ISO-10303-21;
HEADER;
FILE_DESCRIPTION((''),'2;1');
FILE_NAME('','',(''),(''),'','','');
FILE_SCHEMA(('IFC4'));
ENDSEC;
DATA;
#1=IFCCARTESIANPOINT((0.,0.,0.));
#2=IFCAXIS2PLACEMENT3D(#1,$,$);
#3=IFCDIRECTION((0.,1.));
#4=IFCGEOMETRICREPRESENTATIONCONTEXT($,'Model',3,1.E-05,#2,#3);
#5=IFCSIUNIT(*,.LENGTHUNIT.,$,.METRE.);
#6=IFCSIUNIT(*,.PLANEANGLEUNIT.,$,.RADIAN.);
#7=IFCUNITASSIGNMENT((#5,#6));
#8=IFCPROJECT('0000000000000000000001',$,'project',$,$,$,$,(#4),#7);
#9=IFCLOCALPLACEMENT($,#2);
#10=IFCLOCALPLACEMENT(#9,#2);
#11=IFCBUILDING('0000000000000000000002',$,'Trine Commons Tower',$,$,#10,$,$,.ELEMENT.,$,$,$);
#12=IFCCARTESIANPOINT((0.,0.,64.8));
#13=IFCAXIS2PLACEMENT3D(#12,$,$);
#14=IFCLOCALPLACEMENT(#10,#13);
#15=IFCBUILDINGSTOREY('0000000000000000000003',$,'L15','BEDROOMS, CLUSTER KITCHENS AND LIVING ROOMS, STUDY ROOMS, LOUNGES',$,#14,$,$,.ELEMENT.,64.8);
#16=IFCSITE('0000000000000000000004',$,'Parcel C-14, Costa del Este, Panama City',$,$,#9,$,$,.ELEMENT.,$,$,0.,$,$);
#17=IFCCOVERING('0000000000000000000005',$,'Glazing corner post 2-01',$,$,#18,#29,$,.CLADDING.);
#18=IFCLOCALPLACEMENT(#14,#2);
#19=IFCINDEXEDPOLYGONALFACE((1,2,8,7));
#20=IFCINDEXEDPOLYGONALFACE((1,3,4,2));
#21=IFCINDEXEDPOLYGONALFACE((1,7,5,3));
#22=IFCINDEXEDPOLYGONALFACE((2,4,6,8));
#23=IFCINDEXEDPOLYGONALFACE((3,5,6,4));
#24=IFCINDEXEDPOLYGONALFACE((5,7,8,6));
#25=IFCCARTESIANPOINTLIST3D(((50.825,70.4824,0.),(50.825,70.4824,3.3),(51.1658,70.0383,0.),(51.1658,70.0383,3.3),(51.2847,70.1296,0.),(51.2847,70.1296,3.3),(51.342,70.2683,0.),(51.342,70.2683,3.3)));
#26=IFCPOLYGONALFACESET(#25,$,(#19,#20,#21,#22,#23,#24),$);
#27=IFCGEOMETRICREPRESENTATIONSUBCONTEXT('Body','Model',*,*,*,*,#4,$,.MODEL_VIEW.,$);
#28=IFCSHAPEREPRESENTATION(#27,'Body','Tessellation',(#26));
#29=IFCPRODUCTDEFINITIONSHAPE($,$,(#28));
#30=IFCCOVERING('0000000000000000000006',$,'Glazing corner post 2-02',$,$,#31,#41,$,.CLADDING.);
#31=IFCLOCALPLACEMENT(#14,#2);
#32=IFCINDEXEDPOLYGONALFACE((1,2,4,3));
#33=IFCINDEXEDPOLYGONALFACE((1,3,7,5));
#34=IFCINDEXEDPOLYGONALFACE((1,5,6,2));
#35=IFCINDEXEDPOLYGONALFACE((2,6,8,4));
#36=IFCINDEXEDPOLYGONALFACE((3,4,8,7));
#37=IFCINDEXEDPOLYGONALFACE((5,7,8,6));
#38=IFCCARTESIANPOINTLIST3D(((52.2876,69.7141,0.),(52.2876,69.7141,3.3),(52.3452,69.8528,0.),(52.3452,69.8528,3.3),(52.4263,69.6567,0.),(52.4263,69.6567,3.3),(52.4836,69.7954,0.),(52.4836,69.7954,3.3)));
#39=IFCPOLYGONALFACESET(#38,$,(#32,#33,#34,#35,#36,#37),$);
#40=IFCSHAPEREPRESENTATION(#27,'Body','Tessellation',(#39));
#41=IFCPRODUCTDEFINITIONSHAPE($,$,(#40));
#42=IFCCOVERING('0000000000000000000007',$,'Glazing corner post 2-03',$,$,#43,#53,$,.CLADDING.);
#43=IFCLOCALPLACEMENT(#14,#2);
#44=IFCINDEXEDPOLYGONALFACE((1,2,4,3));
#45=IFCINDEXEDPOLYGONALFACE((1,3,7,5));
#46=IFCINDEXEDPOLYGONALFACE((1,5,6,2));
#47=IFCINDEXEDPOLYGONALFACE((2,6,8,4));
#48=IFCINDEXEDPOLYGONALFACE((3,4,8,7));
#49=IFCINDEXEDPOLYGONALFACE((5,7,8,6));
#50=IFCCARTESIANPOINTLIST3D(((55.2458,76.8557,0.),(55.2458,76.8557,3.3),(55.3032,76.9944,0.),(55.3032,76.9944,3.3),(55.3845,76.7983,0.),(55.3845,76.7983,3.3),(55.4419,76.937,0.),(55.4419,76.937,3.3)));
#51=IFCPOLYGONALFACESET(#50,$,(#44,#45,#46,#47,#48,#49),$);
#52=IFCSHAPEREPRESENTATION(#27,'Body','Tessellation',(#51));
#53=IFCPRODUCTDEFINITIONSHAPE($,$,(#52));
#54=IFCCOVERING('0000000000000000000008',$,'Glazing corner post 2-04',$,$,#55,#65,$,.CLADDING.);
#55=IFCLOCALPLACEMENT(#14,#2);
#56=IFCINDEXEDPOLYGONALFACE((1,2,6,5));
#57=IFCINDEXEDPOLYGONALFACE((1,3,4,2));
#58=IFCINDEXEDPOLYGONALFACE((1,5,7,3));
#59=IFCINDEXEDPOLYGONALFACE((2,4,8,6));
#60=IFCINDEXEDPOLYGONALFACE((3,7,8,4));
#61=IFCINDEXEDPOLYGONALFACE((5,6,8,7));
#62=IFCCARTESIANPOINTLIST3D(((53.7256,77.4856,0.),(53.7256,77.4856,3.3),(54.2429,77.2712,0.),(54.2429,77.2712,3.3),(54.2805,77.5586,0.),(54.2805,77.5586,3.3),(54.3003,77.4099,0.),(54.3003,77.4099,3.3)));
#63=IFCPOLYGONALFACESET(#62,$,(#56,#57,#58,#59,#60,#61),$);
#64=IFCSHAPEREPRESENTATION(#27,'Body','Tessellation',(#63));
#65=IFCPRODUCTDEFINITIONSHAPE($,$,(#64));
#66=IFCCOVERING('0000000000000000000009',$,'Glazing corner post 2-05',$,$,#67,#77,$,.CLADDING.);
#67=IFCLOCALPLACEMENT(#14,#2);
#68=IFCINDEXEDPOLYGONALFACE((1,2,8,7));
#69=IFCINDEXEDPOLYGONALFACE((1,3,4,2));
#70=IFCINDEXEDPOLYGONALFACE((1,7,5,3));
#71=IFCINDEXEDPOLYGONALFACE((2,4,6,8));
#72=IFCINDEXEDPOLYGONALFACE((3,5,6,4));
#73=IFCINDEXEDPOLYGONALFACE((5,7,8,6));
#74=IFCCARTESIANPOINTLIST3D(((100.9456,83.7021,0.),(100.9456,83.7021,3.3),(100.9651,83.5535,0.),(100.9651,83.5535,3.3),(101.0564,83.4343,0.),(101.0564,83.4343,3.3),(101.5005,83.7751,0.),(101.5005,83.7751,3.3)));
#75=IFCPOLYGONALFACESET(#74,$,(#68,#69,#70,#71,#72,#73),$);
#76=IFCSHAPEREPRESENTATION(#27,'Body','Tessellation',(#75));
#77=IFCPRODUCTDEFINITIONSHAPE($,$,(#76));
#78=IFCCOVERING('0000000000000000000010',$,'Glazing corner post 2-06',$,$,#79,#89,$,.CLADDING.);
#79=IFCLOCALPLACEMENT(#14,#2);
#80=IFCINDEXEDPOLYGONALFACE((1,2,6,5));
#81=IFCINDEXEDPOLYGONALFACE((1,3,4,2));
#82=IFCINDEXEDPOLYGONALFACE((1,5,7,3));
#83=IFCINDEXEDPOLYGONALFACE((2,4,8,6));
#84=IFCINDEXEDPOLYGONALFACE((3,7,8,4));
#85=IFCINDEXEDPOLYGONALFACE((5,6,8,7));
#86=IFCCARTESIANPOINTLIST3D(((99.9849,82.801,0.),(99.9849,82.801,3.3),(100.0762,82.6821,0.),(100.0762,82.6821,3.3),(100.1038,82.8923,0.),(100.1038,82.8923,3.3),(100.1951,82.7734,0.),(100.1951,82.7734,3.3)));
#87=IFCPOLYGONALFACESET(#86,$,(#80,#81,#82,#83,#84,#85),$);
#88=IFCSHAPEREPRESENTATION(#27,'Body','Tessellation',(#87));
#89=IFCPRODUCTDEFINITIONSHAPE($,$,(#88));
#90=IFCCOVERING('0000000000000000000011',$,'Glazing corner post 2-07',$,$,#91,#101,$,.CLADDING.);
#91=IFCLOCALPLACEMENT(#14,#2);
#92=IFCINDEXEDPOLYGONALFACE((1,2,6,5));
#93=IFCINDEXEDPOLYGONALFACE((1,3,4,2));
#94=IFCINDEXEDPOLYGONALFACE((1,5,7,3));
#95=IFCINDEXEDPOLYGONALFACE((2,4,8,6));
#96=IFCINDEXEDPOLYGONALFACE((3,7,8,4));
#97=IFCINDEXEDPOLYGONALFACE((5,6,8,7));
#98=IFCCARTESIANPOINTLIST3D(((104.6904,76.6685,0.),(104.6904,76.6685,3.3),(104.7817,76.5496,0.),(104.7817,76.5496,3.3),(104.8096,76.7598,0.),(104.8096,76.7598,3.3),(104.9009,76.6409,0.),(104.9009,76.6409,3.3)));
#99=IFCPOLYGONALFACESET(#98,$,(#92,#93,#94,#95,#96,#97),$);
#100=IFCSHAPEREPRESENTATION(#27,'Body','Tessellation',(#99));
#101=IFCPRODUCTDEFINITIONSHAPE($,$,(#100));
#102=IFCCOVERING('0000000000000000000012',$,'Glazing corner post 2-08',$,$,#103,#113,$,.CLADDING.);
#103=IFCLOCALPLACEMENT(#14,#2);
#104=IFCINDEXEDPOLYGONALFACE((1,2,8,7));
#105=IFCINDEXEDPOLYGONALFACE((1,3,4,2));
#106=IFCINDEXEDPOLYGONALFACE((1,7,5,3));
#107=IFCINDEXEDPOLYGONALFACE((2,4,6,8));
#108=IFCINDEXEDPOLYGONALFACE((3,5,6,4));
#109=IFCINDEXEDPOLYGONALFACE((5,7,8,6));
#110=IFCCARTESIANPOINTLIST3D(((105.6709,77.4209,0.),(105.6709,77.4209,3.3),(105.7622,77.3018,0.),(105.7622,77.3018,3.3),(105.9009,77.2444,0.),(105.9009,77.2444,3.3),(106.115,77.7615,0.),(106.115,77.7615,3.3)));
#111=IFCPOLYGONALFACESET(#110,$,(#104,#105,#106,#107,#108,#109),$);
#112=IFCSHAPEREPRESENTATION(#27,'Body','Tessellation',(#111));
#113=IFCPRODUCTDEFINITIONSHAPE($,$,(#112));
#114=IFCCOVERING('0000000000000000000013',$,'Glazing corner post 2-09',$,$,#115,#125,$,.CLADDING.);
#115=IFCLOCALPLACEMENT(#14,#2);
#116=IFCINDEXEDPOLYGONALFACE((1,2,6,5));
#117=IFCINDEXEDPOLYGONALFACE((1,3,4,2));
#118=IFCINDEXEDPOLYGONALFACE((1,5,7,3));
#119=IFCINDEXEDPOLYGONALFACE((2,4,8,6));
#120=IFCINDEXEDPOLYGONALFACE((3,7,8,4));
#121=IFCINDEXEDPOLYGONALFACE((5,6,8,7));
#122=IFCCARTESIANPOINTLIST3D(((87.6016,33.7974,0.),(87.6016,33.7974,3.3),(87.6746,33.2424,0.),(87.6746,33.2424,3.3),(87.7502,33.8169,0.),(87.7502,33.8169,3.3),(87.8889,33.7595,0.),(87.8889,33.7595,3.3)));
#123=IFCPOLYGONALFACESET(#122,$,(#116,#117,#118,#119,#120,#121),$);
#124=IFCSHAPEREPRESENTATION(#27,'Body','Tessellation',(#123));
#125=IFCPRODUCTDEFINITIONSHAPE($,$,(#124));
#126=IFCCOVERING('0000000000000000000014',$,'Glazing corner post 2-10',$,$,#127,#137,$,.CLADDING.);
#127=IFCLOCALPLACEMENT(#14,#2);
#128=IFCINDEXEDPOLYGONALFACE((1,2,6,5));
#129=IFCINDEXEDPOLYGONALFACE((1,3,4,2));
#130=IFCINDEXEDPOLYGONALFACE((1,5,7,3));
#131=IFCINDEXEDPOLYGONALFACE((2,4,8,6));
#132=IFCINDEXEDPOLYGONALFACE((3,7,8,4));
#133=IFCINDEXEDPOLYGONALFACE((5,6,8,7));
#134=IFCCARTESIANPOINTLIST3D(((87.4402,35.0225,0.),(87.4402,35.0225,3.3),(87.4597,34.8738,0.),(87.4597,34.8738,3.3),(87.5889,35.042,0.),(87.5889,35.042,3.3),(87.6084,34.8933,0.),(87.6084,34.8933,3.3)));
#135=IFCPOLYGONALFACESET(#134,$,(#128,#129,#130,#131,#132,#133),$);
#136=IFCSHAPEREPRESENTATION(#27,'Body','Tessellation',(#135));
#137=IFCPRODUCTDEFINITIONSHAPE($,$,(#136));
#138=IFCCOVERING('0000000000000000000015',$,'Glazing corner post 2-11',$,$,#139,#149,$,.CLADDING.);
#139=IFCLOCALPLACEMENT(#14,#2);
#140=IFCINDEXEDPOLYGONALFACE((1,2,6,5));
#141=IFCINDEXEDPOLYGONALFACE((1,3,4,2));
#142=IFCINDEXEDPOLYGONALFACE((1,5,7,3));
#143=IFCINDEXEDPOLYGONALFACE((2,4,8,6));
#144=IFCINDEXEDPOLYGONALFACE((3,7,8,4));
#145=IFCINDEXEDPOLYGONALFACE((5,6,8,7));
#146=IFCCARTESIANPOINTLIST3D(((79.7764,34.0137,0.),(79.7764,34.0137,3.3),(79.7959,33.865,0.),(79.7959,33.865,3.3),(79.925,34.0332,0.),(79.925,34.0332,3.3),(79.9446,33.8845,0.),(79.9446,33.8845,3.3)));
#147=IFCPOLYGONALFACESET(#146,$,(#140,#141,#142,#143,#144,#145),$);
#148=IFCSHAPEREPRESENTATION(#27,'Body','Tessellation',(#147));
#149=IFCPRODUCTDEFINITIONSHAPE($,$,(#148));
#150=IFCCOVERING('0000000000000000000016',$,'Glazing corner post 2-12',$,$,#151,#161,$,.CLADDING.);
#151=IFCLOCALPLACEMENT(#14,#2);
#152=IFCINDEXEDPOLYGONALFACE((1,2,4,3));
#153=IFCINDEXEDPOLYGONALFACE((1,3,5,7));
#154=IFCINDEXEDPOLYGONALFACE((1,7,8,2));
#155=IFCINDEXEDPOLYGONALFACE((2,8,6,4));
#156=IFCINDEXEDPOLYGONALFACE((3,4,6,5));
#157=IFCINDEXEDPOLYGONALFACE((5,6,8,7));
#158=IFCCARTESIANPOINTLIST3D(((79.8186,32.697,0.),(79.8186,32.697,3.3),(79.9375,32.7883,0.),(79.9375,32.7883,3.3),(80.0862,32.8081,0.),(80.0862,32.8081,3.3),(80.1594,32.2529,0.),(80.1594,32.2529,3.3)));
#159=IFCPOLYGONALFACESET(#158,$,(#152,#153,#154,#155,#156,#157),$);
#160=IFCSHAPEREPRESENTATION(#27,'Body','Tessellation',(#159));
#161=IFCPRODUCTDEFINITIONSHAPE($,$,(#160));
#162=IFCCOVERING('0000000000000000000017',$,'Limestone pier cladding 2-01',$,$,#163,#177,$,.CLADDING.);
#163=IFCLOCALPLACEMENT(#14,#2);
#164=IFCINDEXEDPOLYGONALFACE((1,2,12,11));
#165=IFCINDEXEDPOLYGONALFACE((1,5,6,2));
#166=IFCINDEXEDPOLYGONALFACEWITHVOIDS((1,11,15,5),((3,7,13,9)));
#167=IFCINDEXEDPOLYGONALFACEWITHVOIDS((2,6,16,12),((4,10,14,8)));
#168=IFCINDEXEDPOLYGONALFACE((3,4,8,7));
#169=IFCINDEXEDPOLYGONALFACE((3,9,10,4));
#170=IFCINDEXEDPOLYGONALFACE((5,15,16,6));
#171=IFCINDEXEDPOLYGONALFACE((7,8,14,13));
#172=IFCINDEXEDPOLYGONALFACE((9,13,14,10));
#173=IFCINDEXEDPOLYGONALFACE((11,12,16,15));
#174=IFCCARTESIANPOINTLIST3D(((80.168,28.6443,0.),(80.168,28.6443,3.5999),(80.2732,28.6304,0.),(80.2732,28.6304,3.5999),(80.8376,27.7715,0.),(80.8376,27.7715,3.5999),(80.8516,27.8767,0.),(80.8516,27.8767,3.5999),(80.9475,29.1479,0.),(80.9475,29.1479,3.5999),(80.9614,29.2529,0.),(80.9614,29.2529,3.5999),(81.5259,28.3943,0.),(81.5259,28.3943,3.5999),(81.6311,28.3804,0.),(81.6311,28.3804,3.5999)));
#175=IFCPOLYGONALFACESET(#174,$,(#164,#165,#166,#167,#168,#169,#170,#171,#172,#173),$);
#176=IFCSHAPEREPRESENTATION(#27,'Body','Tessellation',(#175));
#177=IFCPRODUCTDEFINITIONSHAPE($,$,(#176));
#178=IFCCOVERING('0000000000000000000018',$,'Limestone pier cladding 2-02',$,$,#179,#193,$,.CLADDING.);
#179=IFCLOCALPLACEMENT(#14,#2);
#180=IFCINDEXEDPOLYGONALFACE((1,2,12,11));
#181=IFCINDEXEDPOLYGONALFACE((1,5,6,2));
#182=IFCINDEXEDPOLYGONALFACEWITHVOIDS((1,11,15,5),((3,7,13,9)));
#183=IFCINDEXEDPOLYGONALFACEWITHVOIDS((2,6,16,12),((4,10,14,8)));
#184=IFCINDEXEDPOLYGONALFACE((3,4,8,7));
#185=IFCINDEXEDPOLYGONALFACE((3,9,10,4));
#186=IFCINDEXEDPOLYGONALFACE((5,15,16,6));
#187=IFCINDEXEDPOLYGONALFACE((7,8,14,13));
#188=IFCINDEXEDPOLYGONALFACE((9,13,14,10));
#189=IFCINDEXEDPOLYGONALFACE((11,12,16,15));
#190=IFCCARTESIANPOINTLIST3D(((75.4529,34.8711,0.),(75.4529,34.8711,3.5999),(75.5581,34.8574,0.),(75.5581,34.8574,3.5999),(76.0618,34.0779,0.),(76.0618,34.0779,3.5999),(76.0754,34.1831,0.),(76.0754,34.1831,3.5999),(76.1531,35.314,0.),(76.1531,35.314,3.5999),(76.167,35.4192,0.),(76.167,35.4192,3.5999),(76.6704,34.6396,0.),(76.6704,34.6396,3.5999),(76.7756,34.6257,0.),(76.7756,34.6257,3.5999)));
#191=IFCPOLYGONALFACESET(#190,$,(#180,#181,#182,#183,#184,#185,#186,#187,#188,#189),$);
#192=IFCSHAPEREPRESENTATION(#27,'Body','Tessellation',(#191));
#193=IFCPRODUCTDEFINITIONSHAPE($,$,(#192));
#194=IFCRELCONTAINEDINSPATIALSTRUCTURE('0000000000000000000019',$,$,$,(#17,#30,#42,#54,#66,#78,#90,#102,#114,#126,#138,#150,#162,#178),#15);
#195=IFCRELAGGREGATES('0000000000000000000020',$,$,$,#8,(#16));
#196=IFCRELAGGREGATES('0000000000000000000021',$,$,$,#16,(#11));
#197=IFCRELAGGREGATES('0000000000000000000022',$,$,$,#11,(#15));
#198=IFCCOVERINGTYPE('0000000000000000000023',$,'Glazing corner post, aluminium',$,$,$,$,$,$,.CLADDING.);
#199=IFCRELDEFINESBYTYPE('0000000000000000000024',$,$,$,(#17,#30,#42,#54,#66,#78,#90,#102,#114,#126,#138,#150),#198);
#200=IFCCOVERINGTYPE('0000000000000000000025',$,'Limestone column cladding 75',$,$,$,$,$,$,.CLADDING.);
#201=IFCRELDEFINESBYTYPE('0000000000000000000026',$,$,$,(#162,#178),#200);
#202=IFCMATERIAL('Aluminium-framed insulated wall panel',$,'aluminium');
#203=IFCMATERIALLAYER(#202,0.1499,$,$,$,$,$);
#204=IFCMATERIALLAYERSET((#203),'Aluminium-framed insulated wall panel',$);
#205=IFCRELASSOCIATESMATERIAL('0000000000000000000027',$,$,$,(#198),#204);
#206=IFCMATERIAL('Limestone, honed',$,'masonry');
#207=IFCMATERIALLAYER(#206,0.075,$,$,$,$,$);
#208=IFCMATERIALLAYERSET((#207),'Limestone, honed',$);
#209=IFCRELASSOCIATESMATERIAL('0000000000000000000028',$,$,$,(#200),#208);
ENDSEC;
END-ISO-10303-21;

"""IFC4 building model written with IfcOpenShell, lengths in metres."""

from ifc_helpers import new_model, si_unit, direction, frame, origin, place, context, subcontext, project, spatial, polyline, outline, extrude, material, layer, layer_set, type_object, element, save


model = new_model("IFC4")

# Units and contexts
model_context = context("Model", 3, precision=1e-05, world=origin(), true_north=direction((0.0, 1.0)))
body_context = subcontext(model_context, "Body", "Model", "MODEL_VIEW")
ifc_project = project(units=[si_unit("LENGTHUNIT", "METRE"), si_unit("PLANEANGLEUNIT", "RADIAN")], contexts=[model_context])

# Site, building, storey
site_placement = place(None, origin())
site = spatial("IfcSite", under=ifc_project, at=site_placement, Name="Parcel C-14, Costa del Este, Panama City", CompositionType="ELEMENT", RefElevation=0.0)
building_placement = place(site_placement, origin())
building = spatial("IfcBuilding", under=site, at=building_placement, Name="Trine Commons Tower", CompositionType="ELEMENT")
storey_placement = place(building_placement, frame((0.0, 0.0, 64.8)))
storey = spatial("IfcBuildingStorey", under=building, at=storey_placement, Name="L15", Description="BEDROOMS, CLUSTER KITCHENS AND LIVING ROOMS, STUDY ROOMS, LOUNGES", CompositionType="ELEMENT", Elevation=64.8)

# Coverings
ifc_material_1 = material(Name="Aluminium-framed insulated wall panel", Category="aluminium")
ifc_layer_1 = layer(ifc_material_1, 0.1499)
ifc_layer_set_1 = layer_set([ifc_layer_1], Name="Aluminium-framed insulated wall panel")
covering_type_1 = type_object("IfcCoveringType", Name="Glazing corner post, aluminium", PredefinedType="CLADDING", material=ifc_layer_set_1)
covering_1_placement = place(storey_placement, origin())
element("IfcCovering", 1, at=covering_1_placement, inside=storey, type_object=covering_type_1, Name="Glazing corner post 2-01", PredefinedType="CLADDING", context=body_context, shape_type="SweptSolid", body=[
    extrude(outline(polyline([(51.1658, 70.0383), (51.2847, 70.1296), (51.342, 70.2683), (50.825, 70.4824), (51.1658, 70.0383)])), origin(), (0.0, 0.0, 1.0), 3.3),
])
covering_2_placement = place(storey_placement, origin())
element("IfcCovering", 2, at=covering_2_placement, inside=storey, type_object=covering_type_1, Name="Glazing corner post 2-02", PredefinedType="CLADDING", context=body_context, shape_type="SweptSolid", body=[
    extrude(outline(polyline([(52.2876, 69.7141), (52.4263, 69.6567), (52.4836, 69.7954), (52.3452, 69.8528), (52.2876, 69.7141)])), origin(), (0.0, 0.0, 1.0), 3.3),
])
covering_3_placement = place(storey_placement, origin())
element("IfcCovering", 3, at=covering_3_placement, inside=storey, type_object=covering_type_1, Name="Glazing corner post 2-03", PredefinedType="CLADDING", context=body_context, shape_type="SweptSolid", body=[
    extrude(outline(polyline([(55.3845, 76.7983), (55.4419, 76.937), (55.3032, 76.9944), (55.2458, 76.8557), (55.3845, 76.7983)])), origin(), (0.0, 0.0, 1.0), 3.3),
])
covering_4_placement = place(storey_placement, origin())
element("IfcCovering", 4, at=covering_4_placement, inside=storey, type_object=covering_type_1, Name="Glazing corner post 2-04", PredefinedType="CLADDING", context=body_context, shape_type="SweptSolid", body=[
    extrude(outline(polyline([(54.2429, 77.2712), (54.3003, 77.4099), (54.2805, 77.5586), (53.7256, 77.4856), (54.2429, 77.2712)])), origin(), (0.0, 0.0, 1.0), 3.3),
])
covering_5_placement = place(storey_placement, origin())
element("IfcCovering", 5, at=covering_5_placement, inside=storey, type_object=covering_type_1, Name="Glazing corner post 2-05", PredefinedType="CLADDING", context=body_context, shape_type="SweptSolid", body=[
    extrude(outline(polyline([(101.0564, 83.4343), (101.5005, 83.7751), (100.9456, 83.7021), (100.9651, 83.5535), (101.0564, 83.4343)])), origin(), (0.0, 0.0, 1.0), 3.3),
])
covering_6_placement = place(storey_placement, origin())
element("IfcCovering", 6, at=covering_6_placement, inside=storey, type_object=covering_type_1, Name="Glazing corner post 2-06", PredefinedType="CLADDING", context=body_context, shape_type="SweptSolid", body=[
    extrude(outline(polyline([(100.0762, 82.6821), (100.1951, 82.7734), (100.1038, 82.8923), (99.9849, 82.801), (100.0762, 82.6821)])), origin(), (0.0, 0.0, 1.0), 3.3),
])
covering_7_placement = place(storey_placement, origin())
element("IfcCovering", 7, at=covering_7_placement, inside=storey, type_object=covering_type_1, Name="Glazing corner post 2-07", PredefinedType="CLADDING", context=body_context, shape_type="SweptSolid", body=[
    extrude(outline(polyline([(104.6904, 76.6685), (104.7817, 76.5496), (104.9009, 76.6409), (104.8096, 76.7598), (104.6904, 76.6685)])), origin(), (0.0, 0.0, 1.0), 3.3),
])
covering_8_placement = place(storey_placement, origin())
element("IfcCovering", 8, at=covering_8_placement, inside=storey, type_object=covering_type_1, Name="Glazing corner post 2-08", PredefinedType="CLADDING", context=body_context, shape_type="SweptSolid", body=[
    extrude(outline(polyline([(105.9009, 77.2444), (106.115, 77.7615), (105.6709, 77.4209), (105.7622, 77.3018), (105.9009, 77.2444)])), origin(), (0.0, 0.0, 1.0), 3.3),
])
covering_9_placement = place(storey_placement, origin())
element("IfcCovering", 9, at=covering_9_placement, inside=storey, type_object=covering_type_1, Name="Glazing corner post 2-09", PredefinedType="CLADDING", context=body_context, shape_type="SweptSolid", body=[
    extrude(outline(polyline([(87.6016, 33.7974), (87.6746, 33.2424), (87.8889, 33.7595), (87.7502, 33.8169), (87.6016, 33.7974)])), origin(), (0.0, 0.0, 1.0), 3.3),
])
covering_10_placement = place(storey_placement, origin())
element("IfcCovering", 10, at=covering_10_placement, inside=storey, type_object=covering_type_1, Name="Glazing corner post 2-10", PredefinedType="CLADDING", context=body_context, shape_type="SweptSolid", body=[
    extrude(outline(polyline([(87.4402, 35.0225), (87.4597, 34.8738), (87.6084, 34.8933), (87.5889, 35.042), (87.4402, 35.0225)])), origin(), (0.0, 0.0, 1.0), 3.3),
])
covering_11_placement = place(storey_placement, origin())
element("IfcCovering", 11, at=covering_11_placement, inside=storey, type_object=covering_type_1, Name="Glazing corner post 2-11", PredefinedType="CLADDING", context=body_context, shape_type="SweptSolid", body=[
    extrude(outline(polyline([(79.7959, 33.865), (79.9446, 33.8845), (79.925, 34.0332), (79.7764, 34.0137), (79.7959, 33.865)])), origin(), (0.0, 0.0, 1.0), 3.3),
])
covering_12_placement = place(storey_placement, origin())
element("IfcCovering", 12, at=covering_12_placement, inside=storey, type_object=covering_type_1, Name="Glazing corner post 2-12", PredefinedType="CLADDING", context=body_context, shape_type="SweptSolid", body=[
    extrude(outline(polyline([(79.8186, 32.697), (80.1594, 32.2529), (80.0862, 32.8081), (79.9375, 32.7883), (79.8186, 32.697)])), origin(), (0.0, 0.0, 1.0), 3.3),
])
ifc_material_2 = material(Name="Limestone, honed", Category="masonry")
ifc_layer_2 = layer(ifc_material_2, 0.075)
ifc_layer_set_2 = layer_set([ifc_layer_2], Name="Limestone, honed")
covering_type_2 = type_object("IfcCoveringType", Name="Limestone column cladding 75", PredefinedType="CLADDING", material=ifc_layer_set_2)
covering_13_placement = place(storey_placement, origin())
element("IfcCovering", 13, at=covering_13_placement, inside=storey, type_object=covering_type_2, Name="Limestone pier cladding 2-01", PredefinedType="CLADDING", context=body_context, shape_type="SweptSolid", body=[
    extrude(outline(polyline([(80.9614, 29.2529), (80.168, 28.6443), (80.8376, 27.7715), (81.6311, 28.3804), (80.9614, 29.2529)]), holes=[polyline([(80.9475, 29.1479), (80.2732, 28.6304), (80.8516, 27.8767), (81.5259, 28.3943), (80.9475, 29.1479)])]), origin(), (0.0, 0.0, 1.0), 3.5999),
])
covering_14_placement = place(storey_placement, origin())
element("IfcCovering", 14, at=covering_14_placement, inside=storey, type_object=covering_type_2, Name="Limestone pier cladding 2-02", PredefinedType="CLADDING", context=body_context, shape_type="SweptSolid", body=[
    extrude(outline(polyline([(76.167, 35.4192), (75.4529, 34.8711), (76.0618, 34.0779), (76.7756, 34.6257), (76.167, 35.4192)]), holes=[polyline([(76.1531, 35.314), (75.5581, 34.8574), (76.0754, 34.1831), (76.6704, 34.6396), (76.1531, 35.314)])]), origin(), (0.0, 0.0, 1.0), 3.5999),
])

save(model, "model.ifc")
